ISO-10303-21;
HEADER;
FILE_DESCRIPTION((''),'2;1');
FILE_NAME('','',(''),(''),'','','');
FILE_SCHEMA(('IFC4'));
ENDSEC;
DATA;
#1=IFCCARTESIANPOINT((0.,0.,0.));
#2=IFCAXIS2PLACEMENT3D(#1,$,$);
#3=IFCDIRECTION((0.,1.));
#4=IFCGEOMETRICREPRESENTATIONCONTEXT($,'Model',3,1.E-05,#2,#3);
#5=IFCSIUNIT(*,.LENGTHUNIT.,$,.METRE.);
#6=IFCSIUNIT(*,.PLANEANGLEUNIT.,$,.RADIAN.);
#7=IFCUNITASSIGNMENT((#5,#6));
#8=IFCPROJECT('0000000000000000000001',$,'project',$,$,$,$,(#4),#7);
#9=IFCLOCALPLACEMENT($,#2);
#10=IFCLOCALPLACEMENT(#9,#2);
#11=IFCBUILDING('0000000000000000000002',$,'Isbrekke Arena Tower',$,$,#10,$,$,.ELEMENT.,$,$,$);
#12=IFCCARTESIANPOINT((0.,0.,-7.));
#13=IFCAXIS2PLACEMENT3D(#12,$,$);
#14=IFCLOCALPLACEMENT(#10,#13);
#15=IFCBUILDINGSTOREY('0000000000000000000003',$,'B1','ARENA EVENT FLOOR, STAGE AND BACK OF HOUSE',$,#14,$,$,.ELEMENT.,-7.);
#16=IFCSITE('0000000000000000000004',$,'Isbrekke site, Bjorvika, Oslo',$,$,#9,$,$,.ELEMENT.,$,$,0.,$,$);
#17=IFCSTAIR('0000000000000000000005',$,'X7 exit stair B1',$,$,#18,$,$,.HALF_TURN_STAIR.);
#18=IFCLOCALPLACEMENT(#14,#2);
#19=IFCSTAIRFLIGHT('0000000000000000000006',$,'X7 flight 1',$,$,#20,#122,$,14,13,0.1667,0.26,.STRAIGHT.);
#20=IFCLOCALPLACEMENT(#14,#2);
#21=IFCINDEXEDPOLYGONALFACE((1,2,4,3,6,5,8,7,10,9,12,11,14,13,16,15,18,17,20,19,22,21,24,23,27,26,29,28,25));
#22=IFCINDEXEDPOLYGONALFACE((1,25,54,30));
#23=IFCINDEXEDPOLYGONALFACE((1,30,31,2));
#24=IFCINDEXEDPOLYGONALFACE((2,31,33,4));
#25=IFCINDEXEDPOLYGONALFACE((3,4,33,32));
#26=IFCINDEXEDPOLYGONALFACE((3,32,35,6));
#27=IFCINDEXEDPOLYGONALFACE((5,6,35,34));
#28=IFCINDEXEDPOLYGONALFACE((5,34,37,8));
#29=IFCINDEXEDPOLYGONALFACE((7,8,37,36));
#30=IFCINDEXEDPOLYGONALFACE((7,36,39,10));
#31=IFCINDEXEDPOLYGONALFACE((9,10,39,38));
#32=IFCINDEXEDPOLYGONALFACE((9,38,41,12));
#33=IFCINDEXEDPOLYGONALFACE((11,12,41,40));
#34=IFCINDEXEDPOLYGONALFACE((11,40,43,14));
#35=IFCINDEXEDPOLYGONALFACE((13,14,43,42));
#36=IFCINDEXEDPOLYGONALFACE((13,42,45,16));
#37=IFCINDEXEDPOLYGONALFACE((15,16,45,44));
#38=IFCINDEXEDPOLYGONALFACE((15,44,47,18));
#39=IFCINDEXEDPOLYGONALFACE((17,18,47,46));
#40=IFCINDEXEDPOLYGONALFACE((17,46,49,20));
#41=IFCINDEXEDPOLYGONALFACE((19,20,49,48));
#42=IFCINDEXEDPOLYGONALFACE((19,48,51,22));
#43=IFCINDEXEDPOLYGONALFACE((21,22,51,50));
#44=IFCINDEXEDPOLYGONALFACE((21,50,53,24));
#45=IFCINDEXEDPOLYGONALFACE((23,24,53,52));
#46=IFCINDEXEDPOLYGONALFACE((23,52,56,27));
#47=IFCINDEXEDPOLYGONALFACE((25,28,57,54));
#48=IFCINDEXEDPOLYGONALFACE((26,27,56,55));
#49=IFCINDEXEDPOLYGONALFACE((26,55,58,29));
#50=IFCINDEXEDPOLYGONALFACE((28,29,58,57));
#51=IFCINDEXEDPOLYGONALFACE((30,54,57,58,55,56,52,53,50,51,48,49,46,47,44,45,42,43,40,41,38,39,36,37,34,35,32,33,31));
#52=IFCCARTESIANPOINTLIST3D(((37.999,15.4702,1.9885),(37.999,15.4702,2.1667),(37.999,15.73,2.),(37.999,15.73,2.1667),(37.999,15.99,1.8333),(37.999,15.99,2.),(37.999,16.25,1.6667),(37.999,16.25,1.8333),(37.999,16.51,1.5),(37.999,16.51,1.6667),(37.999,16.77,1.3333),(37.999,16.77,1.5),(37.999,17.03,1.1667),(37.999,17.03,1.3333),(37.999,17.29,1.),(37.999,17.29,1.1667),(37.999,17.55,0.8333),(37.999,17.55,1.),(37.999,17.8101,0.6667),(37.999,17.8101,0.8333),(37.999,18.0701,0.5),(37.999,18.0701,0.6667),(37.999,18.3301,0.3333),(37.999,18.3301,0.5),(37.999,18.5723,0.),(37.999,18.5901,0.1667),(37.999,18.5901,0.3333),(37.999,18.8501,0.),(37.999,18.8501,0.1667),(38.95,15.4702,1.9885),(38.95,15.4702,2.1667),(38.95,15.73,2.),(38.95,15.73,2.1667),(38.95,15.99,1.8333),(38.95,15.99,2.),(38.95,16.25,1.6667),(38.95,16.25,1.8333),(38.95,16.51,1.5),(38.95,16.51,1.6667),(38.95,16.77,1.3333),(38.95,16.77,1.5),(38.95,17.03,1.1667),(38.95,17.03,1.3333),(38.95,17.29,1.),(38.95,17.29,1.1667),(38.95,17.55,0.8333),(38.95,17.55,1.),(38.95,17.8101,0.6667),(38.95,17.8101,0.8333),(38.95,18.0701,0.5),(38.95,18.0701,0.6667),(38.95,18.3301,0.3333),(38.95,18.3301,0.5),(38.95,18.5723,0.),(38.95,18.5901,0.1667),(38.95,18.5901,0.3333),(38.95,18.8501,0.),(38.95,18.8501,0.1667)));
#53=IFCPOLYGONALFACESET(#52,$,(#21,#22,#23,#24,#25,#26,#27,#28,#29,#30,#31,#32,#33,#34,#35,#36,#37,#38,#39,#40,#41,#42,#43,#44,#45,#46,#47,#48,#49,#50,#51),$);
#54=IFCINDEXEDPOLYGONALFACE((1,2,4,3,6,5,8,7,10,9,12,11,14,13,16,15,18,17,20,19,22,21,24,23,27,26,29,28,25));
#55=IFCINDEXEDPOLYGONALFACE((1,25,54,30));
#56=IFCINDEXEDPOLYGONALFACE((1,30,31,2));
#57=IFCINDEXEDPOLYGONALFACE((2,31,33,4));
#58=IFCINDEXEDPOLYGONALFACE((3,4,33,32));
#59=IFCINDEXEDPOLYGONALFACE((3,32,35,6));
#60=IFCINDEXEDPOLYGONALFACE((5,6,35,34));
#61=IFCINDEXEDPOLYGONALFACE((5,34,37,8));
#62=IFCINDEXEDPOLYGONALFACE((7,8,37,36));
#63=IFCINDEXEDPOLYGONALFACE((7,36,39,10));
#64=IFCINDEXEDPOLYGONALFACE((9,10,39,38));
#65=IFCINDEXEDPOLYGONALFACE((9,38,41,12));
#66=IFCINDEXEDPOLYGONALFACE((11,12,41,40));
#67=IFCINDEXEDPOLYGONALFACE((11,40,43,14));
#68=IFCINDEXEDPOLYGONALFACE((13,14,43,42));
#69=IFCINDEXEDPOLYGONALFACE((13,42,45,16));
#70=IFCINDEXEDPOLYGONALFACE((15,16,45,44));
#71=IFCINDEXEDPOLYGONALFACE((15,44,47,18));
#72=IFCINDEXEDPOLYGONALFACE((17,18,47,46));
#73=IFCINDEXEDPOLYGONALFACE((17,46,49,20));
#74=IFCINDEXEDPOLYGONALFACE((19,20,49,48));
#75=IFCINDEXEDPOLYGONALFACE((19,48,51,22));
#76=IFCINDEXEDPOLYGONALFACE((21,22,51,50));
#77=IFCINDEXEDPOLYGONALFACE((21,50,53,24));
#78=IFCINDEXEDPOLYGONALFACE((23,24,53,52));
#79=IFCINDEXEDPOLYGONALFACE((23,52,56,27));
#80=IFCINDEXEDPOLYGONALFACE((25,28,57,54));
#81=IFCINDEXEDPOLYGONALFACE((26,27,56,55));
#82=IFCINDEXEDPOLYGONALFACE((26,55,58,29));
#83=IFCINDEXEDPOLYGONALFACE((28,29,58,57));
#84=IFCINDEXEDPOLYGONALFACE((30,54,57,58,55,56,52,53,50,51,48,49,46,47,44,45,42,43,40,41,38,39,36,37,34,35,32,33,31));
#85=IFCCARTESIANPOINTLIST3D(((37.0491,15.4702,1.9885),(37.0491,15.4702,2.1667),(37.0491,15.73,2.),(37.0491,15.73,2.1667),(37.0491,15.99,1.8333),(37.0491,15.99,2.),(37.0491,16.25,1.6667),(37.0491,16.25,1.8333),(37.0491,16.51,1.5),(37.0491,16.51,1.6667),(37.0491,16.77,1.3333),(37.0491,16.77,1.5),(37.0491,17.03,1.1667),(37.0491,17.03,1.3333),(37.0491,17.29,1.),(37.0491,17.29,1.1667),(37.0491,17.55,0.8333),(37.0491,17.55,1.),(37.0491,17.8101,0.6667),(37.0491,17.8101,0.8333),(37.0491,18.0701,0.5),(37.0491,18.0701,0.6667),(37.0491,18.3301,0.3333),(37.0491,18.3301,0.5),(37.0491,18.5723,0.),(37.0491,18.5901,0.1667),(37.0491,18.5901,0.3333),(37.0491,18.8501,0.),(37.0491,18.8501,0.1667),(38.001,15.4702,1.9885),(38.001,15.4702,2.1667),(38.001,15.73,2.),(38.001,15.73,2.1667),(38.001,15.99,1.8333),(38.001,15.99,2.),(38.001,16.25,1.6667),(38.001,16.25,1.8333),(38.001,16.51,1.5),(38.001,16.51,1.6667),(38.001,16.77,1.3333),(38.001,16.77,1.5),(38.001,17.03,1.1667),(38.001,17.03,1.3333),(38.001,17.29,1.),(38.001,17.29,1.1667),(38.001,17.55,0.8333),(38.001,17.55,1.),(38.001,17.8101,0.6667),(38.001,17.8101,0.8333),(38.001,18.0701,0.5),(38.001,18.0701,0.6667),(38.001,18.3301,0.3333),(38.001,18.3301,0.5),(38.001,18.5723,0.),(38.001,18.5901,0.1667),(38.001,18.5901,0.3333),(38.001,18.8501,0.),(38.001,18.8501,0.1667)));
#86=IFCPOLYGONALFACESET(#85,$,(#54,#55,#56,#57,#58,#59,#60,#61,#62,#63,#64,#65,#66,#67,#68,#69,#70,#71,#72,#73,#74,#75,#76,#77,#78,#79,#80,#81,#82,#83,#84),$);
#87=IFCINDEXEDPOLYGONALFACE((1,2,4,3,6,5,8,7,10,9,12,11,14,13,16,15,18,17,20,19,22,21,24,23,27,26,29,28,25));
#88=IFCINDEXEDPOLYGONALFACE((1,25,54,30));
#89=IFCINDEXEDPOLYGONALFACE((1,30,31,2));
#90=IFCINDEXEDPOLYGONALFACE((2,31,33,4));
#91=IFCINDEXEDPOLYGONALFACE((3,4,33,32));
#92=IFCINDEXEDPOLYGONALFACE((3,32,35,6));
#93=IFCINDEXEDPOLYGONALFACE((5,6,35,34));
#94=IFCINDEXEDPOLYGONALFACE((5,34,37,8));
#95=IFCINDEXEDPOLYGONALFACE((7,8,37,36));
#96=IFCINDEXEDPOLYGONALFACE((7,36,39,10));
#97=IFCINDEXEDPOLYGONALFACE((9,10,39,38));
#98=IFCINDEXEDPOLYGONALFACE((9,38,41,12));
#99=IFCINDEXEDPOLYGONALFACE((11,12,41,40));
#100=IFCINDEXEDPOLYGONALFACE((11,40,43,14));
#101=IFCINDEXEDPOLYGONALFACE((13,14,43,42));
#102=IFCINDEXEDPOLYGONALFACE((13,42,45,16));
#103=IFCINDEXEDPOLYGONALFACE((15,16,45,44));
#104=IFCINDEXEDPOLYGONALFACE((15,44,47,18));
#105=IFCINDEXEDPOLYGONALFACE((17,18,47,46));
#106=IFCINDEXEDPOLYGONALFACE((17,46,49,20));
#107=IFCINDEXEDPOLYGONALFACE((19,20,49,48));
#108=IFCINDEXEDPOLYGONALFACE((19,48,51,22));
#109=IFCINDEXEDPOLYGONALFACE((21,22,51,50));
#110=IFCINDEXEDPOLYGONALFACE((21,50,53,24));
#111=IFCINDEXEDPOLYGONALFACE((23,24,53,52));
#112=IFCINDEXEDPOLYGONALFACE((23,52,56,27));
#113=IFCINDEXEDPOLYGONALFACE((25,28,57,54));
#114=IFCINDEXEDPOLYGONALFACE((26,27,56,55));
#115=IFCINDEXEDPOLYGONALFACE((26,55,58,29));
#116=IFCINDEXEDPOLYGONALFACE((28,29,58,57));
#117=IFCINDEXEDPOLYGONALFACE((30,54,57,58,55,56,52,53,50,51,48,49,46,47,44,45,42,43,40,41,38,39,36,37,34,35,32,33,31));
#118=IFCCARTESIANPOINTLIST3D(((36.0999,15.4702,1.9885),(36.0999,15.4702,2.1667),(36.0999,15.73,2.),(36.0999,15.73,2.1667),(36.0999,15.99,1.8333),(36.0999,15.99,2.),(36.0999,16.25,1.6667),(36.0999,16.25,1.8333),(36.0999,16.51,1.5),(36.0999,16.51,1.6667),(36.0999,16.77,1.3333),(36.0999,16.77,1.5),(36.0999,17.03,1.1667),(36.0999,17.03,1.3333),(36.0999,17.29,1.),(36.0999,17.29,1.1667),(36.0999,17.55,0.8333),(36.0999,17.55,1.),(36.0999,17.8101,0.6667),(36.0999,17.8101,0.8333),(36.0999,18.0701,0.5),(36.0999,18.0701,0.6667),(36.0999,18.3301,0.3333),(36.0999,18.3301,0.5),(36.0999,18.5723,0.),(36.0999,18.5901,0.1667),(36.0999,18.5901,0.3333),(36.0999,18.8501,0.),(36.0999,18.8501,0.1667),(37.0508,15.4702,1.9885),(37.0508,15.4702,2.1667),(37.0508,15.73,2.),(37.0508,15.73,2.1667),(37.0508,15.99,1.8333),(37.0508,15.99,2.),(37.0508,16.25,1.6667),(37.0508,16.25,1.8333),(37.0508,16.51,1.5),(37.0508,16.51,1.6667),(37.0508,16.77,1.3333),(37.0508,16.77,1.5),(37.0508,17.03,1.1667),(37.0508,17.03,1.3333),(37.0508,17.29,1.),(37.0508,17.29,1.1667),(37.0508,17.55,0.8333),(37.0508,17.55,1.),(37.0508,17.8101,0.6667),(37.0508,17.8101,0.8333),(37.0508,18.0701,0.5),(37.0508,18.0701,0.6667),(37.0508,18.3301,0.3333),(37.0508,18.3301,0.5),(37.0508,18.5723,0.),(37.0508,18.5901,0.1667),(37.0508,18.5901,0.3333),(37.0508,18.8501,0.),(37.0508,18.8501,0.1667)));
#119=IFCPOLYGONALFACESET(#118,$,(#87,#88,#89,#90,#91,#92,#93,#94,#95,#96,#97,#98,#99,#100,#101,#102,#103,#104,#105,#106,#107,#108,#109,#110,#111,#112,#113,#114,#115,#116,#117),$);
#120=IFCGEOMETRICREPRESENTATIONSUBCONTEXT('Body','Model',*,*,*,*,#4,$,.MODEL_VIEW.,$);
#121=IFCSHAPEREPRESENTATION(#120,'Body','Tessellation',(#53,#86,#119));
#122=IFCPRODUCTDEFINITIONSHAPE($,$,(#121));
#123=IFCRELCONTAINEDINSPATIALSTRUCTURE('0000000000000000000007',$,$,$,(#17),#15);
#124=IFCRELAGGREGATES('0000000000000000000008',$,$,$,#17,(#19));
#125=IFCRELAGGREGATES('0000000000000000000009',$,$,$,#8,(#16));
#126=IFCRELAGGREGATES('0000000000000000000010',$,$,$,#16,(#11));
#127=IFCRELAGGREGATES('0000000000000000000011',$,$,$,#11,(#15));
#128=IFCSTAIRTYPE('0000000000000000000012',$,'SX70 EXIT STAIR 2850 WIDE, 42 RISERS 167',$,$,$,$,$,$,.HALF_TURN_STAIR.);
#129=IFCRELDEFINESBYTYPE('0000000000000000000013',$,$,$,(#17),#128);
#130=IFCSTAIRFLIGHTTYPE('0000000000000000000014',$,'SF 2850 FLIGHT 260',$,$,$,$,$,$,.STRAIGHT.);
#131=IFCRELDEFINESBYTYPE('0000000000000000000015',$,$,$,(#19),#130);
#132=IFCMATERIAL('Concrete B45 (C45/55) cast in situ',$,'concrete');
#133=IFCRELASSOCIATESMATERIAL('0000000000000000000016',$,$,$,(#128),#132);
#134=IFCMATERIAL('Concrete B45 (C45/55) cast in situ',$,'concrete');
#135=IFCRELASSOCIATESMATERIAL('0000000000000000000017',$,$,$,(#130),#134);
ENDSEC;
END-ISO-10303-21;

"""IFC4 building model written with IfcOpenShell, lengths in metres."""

from ifc_helpers import new_model, si_unit, direction, frame, origin, place, context, subcontext, project, spatial, polyline, outline, extrude, material, type_object, element, aggregate, save


model = new_model("IFC4")

# Units and contexts
model_context = context("Model", 3, precision=1e-05, world=origin(), true_north=direction((0.0, 1.0)))
body_context = subcontext(model_context, "Body", "Model", "MODEL_VIEW")
ifc_project = project(units=[si_unit("LENGTHUNIT", "METRE"), si_unit("PLANEANGLEUNIT", "RADIAN")], contexts=[model_context])

# Site, building, storey
site_placement = place(None, origin())
site = spatial("IfcSite", under=ifc_project, at=site_placement, Name="Isbrekke site, Bjorvika, Oslo", CompositionType="ELEMENT", RefElevation=0.0)
building_placement = place(site_placement, origin())
building = spatial("IfcBuilding", under=site, at=building_placement, Name="Isbrekke Arena Tower", CompositionType="ELEMENT")
storey_placement = place(building_placement, frame((0.0, 0.0, -7.0)))
storey = spatial("IfcBuildingStorey", under=building, at=storey_placement, Name="B1", Description="ARENA EVENT FLOOR, STAGE AND BACK OF HOUSE", CompositionType="ELEMENT", Elevation=-7.0)

# Stair, stair flight
ifc_material_1 = material(Name="Concrete B45 (C45/55) cast in situ", Category="concrete")
stair_type = type_object("IfcStairType", Name="SX70 EXIT STAIR 2850 WIDE, 42 RISERS 167", PredefinedType="HALF_TURN_STAIR", material=ifc_material_1)
stair_placement = place(storey_placement, origin())
stair = element("IfcStair", 1, at=stair_placement, inside=storey, type_object=stair_type, Name="X7 exit stair B1", PredefinedType="HALF_TURN_STAIR")
ifc_material_2 = material(Name="Concrete B45 (C45/55) cast in situ", Category="concrete")
stair_flight_type = type_object("IfcStairFlightType", Name="SF 2850 FLIGHT 260", PredefinedType="STRAIGHT", material=ifc_material_2)
stair_flight_placement = place(storey_placement, frame((37.5249, 18.8501, 0.0), z_axis=(0.0, 0.0, 1.0), x_axis=(0.0, -1.0, 0.0)))
stair_flight = element("IfcStairFlight", 2, at=stair_flight_placement, type_object=stair_flight_type, Name="X7 flight 1", NumberOfRisers=14, NumberOfTreads=13, PredefinedType="STRAIGHT", RiserHeight=0.1667, TreadLength=0.26, context=body_context, shape_type="SweptSolid", body=[
    extrude(outline(polyline([(0.0, 0.0), (0.0, 0.1667), (0.26, 0.1667), (0.26, 0.3333), (0.52, 0.3333), (0.52, 0.5), (0.78, 0.5), (0.78, 0.6667), (1.04, 0.6667), (1.04, 0.8333), (1.3, 0.8333), (1.3, 1.0), (1.5601, 1.0), (1.5601, 1.1667), (1.8201, 1.1667), (1.8201, 1.3333), (2.0801, 1.3333), (2.0801, 1.5), (2.3401, 1.5), (2.3401, 1.6667), (2.6001, 1.6667), (2.6001, 1.8333), (2.8601, 1.8333), (2.8601, 2.0), (3.1201, 2.0), (3.1201, 2.1667), (3.3799, 2.1667), (3.3799, 2.3333), (3.3799, 1.9885), (0.2778, 0.0), (0.0, 0.0)])), frame((0.0, 1.425, 0.0), z_axis=(0.0, -1.0, 0.0), x_axis=(1.0, 0.0, 0.0)), (0.0, 0.0, 1.0), 0.9509),
    extrude(outline(polyline([(0.0, 0.0), (0.0, 0.1667), (0.26, 0.1667), (0.26, 0.3333), (0.52, 0.3333), (0.52, 0.5), (0.78, 0.5), (0.78, 0.6667), (1.04, 0.6667), (1.04, 0.8333), (1.3, 0.8333), (1.3, 1.0), (1.5601, 1.0), (1.5601, 1.1667), (1.8201, 1.1667), (1.8201, 1.3333), (2.0801, 1.3333), (2.0801, 1.5), (2.3401, 1.5), (2.3401, 1.6667), (2.6001, 1.6667), (2.6001, 1.8333), (2.8601, 1.8333), (2.8601, 2.0), (3.1201, 2.0), (3.1201, 2.1667), (3.3799, 2.1667), (3.3799, 2.3333), (3.3799, 1.9885), (0.2778, 0.0), (0.0, 0.0)])), frame((0.0, 0.4761, 0.0), z_axis=(0.0, -1.0, 0.0), x_axis=(1.0, 0.0, 0.0)), (0.0, 0.0, 1.0), 0.9519),
    extrude(outline(polyline([(0.0, 0.0), (0.0, 0.1667), (0.26, 0.1667), (0.26, 0.3333), (0.52, 0.3333), (0.52, 0.5), (0.78, 0.5), (0.78, 0.6667), (1.04, 0.6667), (1.04, 0.8333), (1.3, 0.8333), (1.3, 1.0), (1.5601, 1.0), (1.5601, 1.1667), (1.8201, 1.1667), (1.8201, 1.3333), (2.0801, 1.3333), (2.0801, 1.5), (2.3401, 1.5), (2.3401, 1.6667), (2.6001, 1.6667), (2.6001, 1.8333), (2.8601, 1.8333), (2.8601, 2.0), (3.1201, 2.0), (3.1201, 2.1667), (3.3799, 2.1667), (3.3799, 2.3333), (3.3799, 1.9885), (0.2778, 0.0), (0.0, 0.0)])), frame((0.0, -0.4741, 0.0), z_axis=(0.0, -1.0, 0.0), x_axis=(1.0, 0.0, 0.0)), (0.0, 0.0, 1.0), 0.9509),
])
aggregate(stair, [stair_flight])

save(model, "model.ifc")
